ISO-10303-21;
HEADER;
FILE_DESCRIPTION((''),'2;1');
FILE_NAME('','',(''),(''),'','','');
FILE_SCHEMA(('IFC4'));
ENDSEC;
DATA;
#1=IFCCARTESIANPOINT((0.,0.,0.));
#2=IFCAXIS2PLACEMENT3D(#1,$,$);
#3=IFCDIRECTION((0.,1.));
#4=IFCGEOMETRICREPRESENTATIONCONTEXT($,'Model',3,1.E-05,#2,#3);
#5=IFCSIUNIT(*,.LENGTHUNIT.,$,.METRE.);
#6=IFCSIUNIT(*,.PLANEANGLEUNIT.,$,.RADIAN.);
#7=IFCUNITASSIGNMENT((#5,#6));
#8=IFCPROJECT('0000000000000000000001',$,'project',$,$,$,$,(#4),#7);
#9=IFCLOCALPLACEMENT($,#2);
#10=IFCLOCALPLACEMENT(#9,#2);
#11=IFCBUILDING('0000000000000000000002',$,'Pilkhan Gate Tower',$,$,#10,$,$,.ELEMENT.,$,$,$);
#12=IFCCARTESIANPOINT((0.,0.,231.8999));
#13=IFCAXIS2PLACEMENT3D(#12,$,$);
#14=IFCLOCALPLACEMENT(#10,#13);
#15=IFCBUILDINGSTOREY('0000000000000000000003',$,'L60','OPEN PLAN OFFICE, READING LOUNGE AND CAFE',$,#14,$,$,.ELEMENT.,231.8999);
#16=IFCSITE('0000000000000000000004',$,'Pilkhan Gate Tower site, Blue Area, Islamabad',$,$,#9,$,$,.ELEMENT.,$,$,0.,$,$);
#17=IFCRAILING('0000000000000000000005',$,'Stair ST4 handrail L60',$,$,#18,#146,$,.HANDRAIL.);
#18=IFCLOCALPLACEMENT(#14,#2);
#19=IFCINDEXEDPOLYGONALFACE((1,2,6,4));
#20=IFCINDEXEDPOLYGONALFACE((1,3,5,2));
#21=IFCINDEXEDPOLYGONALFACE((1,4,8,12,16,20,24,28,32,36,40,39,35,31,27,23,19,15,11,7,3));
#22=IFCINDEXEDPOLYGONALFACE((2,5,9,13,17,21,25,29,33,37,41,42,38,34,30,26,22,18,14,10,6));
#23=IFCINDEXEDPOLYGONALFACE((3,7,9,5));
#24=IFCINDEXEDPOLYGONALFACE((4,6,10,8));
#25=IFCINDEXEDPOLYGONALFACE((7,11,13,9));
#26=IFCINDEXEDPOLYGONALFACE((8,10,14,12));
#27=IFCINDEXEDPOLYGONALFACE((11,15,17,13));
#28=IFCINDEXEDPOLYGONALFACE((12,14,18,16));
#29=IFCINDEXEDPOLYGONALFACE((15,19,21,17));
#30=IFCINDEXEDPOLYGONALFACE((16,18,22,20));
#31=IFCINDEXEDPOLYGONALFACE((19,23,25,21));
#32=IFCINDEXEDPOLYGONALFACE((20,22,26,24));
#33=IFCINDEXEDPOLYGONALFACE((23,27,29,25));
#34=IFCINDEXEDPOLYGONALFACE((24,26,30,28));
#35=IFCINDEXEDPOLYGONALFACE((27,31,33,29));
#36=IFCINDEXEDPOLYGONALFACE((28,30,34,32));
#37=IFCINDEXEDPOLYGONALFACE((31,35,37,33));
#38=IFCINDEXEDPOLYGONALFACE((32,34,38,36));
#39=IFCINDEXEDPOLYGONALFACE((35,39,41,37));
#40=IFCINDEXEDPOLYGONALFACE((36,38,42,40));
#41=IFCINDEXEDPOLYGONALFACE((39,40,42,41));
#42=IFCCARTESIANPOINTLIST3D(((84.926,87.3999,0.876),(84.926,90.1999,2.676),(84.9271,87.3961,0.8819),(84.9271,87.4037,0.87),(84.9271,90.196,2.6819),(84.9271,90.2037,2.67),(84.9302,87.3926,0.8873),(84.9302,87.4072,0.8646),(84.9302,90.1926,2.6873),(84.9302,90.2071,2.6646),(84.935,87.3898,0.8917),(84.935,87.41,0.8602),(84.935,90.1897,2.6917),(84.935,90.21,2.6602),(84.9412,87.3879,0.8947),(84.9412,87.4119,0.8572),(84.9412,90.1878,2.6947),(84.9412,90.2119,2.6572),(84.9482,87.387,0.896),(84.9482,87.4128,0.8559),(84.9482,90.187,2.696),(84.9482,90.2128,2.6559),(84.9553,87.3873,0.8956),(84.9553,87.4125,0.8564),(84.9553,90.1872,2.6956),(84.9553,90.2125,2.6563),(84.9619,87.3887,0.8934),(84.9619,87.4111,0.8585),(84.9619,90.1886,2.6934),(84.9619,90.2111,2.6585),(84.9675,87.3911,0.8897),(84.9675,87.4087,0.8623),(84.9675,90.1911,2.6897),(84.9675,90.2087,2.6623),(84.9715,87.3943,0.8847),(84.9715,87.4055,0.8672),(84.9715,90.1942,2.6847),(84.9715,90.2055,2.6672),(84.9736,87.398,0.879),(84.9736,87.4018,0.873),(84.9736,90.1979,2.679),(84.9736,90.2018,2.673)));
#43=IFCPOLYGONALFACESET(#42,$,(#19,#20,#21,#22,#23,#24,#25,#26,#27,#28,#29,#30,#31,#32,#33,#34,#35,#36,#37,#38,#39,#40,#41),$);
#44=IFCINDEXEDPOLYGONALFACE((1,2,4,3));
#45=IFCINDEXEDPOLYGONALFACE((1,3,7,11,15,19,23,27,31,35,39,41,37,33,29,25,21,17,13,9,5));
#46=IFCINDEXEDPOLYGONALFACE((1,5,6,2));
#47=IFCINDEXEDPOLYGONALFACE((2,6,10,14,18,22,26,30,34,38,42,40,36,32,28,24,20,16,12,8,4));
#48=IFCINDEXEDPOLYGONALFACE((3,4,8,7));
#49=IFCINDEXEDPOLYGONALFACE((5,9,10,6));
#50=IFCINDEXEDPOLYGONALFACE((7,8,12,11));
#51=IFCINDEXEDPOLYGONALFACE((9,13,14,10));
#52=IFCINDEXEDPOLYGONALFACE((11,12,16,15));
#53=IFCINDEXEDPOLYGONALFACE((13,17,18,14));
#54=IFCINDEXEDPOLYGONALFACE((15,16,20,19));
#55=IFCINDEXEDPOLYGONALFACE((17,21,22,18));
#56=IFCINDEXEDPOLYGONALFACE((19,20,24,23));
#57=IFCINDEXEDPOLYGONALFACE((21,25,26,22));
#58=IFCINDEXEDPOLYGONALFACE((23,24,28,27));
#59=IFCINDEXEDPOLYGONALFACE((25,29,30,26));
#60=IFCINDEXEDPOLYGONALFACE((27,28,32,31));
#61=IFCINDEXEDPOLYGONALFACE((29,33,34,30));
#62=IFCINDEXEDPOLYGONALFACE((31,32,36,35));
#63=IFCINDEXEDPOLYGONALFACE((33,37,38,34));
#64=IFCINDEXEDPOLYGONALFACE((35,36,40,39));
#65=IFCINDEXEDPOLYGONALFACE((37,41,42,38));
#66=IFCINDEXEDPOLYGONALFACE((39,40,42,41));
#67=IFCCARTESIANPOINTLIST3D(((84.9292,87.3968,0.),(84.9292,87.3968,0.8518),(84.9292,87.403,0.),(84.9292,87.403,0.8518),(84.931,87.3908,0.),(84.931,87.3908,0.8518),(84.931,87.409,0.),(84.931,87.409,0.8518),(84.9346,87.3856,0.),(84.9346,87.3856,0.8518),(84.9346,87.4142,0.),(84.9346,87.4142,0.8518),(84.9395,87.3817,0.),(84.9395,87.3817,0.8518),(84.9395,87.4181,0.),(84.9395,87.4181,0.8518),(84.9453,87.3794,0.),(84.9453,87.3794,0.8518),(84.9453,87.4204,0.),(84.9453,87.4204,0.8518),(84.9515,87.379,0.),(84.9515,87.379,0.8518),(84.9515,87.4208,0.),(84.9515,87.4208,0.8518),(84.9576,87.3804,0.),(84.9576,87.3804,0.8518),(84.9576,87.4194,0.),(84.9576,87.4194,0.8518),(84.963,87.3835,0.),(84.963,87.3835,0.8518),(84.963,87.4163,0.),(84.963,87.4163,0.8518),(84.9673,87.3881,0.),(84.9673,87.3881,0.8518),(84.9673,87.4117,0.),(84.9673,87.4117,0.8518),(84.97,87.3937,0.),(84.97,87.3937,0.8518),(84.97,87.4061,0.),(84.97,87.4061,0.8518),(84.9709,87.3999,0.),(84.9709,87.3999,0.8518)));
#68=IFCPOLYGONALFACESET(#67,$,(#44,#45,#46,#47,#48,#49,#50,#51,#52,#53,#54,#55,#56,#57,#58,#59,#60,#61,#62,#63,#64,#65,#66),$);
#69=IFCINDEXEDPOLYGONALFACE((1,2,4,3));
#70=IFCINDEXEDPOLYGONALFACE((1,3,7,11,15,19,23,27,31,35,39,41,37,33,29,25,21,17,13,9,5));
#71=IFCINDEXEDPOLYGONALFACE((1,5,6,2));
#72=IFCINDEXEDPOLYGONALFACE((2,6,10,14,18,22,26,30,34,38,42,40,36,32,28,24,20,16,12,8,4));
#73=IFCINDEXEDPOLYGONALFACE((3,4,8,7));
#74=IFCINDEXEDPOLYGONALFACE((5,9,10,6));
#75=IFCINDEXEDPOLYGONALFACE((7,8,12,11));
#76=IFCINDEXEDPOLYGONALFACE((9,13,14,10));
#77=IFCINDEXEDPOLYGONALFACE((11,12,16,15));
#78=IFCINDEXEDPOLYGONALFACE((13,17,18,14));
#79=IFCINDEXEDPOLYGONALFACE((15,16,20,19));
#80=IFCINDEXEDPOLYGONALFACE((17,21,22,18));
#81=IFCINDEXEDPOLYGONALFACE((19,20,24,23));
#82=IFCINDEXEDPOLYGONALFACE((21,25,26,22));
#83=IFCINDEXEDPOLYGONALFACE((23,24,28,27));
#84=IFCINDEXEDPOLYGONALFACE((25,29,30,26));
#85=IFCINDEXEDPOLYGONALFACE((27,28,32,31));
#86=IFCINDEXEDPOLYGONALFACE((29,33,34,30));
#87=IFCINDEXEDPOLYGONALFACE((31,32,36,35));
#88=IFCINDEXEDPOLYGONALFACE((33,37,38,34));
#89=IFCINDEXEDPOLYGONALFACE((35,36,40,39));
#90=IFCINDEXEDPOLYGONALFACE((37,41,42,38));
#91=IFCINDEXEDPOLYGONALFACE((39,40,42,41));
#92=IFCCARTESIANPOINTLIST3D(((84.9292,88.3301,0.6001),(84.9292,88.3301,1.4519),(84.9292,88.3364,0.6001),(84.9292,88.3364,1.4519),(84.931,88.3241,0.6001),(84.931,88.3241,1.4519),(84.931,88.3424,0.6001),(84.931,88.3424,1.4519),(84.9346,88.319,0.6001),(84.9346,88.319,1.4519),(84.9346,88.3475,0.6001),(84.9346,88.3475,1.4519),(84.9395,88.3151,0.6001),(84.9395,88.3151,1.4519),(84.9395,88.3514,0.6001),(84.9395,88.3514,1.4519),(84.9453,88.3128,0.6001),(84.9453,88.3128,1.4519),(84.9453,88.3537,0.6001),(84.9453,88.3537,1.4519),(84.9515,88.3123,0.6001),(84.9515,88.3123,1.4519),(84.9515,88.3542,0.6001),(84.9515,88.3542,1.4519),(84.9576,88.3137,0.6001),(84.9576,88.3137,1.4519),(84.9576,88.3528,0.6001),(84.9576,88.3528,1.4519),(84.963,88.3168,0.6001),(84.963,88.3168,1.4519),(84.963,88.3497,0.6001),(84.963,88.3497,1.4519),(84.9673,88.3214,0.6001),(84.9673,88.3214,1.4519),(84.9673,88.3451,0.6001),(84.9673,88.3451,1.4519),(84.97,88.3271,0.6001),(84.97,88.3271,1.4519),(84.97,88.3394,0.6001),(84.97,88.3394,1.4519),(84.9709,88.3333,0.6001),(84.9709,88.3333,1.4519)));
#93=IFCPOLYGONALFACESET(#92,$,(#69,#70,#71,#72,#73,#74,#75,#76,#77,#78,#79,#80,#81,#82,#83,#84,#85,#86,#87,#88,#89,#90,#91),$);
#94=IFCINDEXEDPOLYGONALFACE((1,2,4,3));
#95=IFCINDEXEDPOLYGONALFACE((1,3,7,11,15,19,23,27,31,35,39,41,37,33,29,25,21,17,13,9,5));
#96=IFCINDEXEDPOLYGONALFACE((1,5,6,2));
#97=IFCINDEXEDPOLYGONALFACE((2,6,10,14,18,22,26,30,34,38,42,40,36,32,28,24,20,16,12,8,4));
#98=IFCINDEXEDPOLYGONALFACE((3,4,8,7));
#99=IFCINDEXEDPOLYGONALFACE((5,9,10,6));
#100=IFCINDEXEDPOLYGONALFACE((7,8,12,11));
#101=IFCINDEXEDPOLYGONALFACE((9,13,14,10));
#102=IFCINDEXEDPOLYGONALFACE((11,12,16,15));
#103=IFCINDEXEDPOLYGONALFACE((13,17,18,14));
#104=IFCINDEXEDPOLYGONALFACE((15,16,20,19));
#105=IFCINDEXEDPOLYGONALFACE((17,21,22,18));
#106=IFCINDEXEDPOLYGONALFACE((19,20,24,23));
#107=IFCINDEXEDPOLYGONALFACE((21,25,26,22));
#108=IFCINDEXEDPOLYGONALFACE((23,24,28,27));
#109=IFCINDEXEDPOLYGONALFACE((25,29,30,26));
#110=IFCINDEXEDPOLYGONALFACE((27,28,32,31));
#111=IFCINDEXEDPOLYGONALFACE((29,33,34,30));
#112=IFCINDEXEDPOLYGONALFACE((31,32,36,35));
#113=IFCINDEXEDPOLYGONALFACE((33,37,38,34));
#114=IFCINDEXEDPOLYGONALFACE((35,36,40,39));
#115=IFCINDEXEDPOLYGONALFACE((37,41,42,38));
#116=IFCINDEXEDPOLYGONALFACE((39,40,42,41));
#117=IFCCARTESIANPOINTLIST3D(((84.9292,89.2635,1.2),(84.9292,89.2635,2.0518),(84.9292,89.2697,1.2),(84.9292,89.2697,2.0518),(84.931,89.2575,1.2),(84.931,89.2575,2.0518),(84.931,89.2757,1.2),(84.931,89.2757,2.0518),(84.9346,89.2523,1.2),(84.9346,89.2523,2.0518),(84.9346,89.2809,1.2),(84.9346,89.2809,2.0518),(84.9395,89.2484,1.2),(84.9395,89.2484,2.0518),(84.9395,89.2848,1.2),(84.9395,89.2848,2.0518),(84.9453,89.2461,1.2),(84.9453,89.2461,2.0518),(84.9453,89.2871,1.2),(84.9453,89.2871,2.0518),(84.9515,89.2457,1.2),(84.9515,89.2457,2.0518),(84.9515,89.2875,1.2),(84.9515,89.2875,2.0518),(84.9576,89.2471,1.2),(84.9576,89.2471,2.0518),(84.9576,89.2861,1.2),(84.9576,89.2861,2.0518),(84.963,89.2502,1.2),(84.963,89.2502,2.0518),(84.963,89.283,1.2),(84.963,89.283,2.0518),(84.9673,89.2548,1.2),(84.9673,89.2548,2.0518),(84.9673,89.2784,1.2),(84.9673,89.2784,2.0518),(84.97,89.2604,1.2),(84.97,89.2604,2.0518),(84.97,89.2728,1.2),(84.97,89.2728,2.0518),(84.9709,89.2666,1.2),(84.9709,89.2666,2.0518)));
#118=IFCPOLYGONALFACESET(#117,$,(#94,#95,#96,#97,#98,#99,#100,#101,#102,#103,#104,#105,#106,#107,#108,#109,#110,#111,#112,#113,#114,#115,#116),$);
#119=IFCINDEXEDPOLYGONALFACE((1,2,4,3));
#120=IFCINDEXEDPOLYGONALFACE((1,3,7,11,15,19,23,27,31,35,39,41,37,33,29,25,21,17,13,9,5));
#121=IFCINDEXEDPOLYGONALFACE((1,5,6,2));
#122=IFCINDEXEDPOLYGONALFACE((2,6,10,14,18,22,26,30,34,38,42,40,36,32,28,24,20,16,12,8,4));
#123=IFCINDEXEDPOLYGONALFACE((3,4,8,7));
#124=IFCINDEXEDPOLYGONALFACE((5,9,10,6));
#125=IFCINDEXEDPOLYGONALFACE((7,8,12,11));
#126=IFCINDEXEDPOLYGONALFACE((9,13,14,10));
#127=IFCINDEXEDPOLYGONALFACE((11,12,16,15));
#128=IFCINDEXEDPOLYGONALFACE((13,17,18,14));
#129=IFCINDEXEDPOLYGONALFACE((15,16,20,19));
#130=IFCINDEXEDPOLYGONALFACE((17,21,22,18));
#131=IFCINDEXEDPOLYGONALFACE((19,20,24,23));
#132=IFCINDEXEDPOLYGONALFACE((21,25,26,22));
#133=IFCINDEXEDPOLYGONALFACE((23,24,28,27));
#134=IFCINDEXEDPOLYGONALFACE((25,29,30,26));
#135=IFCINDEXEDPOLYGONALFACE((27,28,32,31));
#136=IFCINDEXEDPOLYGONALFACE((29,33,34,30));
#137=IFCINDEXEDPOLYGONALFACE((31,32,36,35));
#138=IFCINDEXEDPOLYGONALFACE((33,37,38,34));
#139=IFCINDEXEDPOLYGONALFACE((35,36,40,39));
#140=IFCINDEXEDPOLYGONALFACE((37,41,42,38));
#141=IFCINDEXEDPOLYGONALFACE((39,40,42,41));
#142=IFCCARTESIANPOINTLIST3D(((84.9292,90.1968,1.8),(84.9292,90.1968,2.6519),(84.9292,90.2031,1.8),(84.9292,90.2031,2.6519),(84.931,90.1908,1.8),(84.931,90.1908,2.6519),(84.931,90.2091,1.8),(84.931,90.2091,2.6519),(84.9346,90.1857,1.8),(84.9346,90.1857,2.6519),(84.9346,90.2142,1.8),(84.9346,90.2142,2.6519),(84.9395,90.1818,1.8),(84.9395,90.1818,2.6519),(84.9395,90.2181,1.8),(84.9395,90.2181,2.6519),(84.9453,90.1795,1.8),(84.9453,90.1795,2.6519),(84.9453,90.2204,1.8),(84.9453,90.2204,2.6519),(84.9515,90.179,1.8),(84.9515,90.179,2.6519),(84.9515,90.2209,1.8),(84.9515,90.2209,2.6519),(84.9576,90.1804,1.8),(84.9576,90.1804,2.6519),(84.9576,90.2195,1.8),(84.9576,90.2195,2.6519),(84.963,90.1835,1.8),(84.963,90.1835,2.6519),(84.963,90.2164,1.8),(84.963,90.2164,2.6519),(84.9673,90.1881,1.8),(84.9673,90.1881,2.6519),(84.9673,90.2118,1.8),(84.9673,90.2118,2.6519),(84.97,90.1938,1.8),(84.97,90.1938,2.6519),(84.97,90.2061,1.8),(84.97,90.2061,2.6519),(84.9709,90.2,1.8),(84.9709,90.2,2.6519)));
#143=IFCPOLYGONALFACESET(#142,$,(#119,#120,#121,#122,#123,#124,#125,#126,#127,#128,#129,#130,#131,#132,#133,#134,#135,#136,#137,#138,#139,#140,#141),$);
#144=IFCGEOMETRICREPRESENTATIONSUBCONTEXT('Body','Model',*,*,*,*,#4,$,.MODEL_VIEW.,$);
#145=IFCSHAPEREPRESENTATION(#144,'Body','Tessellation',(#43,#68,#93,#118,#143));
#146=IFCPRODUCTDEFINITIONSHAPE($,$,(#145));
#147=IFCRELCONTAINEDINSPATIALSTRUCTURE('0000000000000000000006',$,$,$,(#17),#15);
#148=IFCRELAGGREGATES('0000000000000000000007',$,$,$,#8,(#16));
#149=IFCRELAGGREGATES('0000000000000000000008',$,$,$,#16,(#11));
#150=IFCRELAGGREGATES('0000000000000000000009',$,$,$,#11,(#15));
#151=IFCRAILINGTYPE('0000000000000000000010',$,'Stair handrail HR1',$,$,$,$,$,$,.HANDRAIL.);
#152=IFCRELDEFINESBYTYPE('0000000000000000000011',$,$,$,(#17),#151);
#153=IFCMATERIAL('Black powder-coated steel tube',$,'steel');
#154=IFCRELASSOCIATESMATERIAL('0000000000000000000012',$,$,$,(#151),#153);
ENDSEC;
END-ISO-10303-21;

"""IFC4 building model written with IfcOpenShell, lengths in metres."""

from ifc_helpers import new_model, si_unit, direction, frame, origin, origin_2d, place, context, subcontext, project, spatial, circle, extrude, material, type_object, element, save


model = new_model("IFC4")

# Units and contexts
model_context = context("Model", 3, precision=1e-05, world=origin(), true_north=direction((0.0, 1.0)))
body_context = subcontext(model_context, "Body", "Model", "MODEL_VIEW")
ifc_project = project(units=[si_unit("LENGTHUNIT", "METRE"), si_unit("PLANEANGLEUNIT", "RADIAN")], contexts=[model_context])

# Site, building, storey
site_placement = place(None, origin())
site = spatial("IfcSite", under=ifc_project, at=site_placement, Name="Pilkhan Gate Tower site, Blue Area, Islamabad", CompositionType="ELEMENT", RefElevation=0.0)
building_placement = place(site_placement, origin())
building = spatial("IfcBuilding", under=site, at=building_placement, Name="Pilkhan Gate Tower", CompositionType="ELEMENT")
storey_placement = place(building_placement, frame((0.0, 0.0, 231.8999)))
storey = spatial("IfcBuildingStorey", under=building, at=storey_placement, Name="L60", Description="OPEN PLAN OFFICE, READING LOUNGE AND CAFE", CompositionType="ELEMENT", Elevation=231.8999)

# Railing
ifc_material_1 = material(Name="Black powder-coated steel tube", Category="steel")
railing_type_1 = type_object("IfcRailingType", Name="Stair handrail HR1", PredefinedType="HANDRAIL", material=ifc_material_1)
railing_placement = place(storey_placement, frame((84.95, 87.3999, 0.0)))
element("IfcRailing", 1, at=railing_placement, inside=storey, type_object=railing_type_1, Name="Stair ST4 handrail L60", PredefinedType="HANDRAIL", context=body_context, shape_type="SweptSolid", body=[
    extrude(circle(Radius=0.0239, at=origin_2d()), frame((0.0, 0.0, 0.876), z_axis=(0.0, 0.841176, 0.540761), x_axis=(-1.0, 0.0, 0.0)), (0.0, 0.0, 1.0), 3.3286),
    extrude(circle(Radius=0.021, at=origin_2d()), origin(), (0.0, 0.0, 1.0), 0.8518),
    extrude(circle(Radius=0.021, at=origin_2d()), frame((0.0, 0.9333, 0.6001)), (0.0, 0.0, 1.0), 0.8518),
    extrude(circle(Radius=0.021, at=origin_2d()), frame((0.0, 1.8667, 1.2)), (0.0, 0.0, 1.0), 0.8518),
    extrude(circle(Radius=0.021, at=origin_2d()), frame((0.0, 2.8, 1.8)), (0.0, 0.0, 1.0), 0.8518),
])

save(model, "model.ifc")
